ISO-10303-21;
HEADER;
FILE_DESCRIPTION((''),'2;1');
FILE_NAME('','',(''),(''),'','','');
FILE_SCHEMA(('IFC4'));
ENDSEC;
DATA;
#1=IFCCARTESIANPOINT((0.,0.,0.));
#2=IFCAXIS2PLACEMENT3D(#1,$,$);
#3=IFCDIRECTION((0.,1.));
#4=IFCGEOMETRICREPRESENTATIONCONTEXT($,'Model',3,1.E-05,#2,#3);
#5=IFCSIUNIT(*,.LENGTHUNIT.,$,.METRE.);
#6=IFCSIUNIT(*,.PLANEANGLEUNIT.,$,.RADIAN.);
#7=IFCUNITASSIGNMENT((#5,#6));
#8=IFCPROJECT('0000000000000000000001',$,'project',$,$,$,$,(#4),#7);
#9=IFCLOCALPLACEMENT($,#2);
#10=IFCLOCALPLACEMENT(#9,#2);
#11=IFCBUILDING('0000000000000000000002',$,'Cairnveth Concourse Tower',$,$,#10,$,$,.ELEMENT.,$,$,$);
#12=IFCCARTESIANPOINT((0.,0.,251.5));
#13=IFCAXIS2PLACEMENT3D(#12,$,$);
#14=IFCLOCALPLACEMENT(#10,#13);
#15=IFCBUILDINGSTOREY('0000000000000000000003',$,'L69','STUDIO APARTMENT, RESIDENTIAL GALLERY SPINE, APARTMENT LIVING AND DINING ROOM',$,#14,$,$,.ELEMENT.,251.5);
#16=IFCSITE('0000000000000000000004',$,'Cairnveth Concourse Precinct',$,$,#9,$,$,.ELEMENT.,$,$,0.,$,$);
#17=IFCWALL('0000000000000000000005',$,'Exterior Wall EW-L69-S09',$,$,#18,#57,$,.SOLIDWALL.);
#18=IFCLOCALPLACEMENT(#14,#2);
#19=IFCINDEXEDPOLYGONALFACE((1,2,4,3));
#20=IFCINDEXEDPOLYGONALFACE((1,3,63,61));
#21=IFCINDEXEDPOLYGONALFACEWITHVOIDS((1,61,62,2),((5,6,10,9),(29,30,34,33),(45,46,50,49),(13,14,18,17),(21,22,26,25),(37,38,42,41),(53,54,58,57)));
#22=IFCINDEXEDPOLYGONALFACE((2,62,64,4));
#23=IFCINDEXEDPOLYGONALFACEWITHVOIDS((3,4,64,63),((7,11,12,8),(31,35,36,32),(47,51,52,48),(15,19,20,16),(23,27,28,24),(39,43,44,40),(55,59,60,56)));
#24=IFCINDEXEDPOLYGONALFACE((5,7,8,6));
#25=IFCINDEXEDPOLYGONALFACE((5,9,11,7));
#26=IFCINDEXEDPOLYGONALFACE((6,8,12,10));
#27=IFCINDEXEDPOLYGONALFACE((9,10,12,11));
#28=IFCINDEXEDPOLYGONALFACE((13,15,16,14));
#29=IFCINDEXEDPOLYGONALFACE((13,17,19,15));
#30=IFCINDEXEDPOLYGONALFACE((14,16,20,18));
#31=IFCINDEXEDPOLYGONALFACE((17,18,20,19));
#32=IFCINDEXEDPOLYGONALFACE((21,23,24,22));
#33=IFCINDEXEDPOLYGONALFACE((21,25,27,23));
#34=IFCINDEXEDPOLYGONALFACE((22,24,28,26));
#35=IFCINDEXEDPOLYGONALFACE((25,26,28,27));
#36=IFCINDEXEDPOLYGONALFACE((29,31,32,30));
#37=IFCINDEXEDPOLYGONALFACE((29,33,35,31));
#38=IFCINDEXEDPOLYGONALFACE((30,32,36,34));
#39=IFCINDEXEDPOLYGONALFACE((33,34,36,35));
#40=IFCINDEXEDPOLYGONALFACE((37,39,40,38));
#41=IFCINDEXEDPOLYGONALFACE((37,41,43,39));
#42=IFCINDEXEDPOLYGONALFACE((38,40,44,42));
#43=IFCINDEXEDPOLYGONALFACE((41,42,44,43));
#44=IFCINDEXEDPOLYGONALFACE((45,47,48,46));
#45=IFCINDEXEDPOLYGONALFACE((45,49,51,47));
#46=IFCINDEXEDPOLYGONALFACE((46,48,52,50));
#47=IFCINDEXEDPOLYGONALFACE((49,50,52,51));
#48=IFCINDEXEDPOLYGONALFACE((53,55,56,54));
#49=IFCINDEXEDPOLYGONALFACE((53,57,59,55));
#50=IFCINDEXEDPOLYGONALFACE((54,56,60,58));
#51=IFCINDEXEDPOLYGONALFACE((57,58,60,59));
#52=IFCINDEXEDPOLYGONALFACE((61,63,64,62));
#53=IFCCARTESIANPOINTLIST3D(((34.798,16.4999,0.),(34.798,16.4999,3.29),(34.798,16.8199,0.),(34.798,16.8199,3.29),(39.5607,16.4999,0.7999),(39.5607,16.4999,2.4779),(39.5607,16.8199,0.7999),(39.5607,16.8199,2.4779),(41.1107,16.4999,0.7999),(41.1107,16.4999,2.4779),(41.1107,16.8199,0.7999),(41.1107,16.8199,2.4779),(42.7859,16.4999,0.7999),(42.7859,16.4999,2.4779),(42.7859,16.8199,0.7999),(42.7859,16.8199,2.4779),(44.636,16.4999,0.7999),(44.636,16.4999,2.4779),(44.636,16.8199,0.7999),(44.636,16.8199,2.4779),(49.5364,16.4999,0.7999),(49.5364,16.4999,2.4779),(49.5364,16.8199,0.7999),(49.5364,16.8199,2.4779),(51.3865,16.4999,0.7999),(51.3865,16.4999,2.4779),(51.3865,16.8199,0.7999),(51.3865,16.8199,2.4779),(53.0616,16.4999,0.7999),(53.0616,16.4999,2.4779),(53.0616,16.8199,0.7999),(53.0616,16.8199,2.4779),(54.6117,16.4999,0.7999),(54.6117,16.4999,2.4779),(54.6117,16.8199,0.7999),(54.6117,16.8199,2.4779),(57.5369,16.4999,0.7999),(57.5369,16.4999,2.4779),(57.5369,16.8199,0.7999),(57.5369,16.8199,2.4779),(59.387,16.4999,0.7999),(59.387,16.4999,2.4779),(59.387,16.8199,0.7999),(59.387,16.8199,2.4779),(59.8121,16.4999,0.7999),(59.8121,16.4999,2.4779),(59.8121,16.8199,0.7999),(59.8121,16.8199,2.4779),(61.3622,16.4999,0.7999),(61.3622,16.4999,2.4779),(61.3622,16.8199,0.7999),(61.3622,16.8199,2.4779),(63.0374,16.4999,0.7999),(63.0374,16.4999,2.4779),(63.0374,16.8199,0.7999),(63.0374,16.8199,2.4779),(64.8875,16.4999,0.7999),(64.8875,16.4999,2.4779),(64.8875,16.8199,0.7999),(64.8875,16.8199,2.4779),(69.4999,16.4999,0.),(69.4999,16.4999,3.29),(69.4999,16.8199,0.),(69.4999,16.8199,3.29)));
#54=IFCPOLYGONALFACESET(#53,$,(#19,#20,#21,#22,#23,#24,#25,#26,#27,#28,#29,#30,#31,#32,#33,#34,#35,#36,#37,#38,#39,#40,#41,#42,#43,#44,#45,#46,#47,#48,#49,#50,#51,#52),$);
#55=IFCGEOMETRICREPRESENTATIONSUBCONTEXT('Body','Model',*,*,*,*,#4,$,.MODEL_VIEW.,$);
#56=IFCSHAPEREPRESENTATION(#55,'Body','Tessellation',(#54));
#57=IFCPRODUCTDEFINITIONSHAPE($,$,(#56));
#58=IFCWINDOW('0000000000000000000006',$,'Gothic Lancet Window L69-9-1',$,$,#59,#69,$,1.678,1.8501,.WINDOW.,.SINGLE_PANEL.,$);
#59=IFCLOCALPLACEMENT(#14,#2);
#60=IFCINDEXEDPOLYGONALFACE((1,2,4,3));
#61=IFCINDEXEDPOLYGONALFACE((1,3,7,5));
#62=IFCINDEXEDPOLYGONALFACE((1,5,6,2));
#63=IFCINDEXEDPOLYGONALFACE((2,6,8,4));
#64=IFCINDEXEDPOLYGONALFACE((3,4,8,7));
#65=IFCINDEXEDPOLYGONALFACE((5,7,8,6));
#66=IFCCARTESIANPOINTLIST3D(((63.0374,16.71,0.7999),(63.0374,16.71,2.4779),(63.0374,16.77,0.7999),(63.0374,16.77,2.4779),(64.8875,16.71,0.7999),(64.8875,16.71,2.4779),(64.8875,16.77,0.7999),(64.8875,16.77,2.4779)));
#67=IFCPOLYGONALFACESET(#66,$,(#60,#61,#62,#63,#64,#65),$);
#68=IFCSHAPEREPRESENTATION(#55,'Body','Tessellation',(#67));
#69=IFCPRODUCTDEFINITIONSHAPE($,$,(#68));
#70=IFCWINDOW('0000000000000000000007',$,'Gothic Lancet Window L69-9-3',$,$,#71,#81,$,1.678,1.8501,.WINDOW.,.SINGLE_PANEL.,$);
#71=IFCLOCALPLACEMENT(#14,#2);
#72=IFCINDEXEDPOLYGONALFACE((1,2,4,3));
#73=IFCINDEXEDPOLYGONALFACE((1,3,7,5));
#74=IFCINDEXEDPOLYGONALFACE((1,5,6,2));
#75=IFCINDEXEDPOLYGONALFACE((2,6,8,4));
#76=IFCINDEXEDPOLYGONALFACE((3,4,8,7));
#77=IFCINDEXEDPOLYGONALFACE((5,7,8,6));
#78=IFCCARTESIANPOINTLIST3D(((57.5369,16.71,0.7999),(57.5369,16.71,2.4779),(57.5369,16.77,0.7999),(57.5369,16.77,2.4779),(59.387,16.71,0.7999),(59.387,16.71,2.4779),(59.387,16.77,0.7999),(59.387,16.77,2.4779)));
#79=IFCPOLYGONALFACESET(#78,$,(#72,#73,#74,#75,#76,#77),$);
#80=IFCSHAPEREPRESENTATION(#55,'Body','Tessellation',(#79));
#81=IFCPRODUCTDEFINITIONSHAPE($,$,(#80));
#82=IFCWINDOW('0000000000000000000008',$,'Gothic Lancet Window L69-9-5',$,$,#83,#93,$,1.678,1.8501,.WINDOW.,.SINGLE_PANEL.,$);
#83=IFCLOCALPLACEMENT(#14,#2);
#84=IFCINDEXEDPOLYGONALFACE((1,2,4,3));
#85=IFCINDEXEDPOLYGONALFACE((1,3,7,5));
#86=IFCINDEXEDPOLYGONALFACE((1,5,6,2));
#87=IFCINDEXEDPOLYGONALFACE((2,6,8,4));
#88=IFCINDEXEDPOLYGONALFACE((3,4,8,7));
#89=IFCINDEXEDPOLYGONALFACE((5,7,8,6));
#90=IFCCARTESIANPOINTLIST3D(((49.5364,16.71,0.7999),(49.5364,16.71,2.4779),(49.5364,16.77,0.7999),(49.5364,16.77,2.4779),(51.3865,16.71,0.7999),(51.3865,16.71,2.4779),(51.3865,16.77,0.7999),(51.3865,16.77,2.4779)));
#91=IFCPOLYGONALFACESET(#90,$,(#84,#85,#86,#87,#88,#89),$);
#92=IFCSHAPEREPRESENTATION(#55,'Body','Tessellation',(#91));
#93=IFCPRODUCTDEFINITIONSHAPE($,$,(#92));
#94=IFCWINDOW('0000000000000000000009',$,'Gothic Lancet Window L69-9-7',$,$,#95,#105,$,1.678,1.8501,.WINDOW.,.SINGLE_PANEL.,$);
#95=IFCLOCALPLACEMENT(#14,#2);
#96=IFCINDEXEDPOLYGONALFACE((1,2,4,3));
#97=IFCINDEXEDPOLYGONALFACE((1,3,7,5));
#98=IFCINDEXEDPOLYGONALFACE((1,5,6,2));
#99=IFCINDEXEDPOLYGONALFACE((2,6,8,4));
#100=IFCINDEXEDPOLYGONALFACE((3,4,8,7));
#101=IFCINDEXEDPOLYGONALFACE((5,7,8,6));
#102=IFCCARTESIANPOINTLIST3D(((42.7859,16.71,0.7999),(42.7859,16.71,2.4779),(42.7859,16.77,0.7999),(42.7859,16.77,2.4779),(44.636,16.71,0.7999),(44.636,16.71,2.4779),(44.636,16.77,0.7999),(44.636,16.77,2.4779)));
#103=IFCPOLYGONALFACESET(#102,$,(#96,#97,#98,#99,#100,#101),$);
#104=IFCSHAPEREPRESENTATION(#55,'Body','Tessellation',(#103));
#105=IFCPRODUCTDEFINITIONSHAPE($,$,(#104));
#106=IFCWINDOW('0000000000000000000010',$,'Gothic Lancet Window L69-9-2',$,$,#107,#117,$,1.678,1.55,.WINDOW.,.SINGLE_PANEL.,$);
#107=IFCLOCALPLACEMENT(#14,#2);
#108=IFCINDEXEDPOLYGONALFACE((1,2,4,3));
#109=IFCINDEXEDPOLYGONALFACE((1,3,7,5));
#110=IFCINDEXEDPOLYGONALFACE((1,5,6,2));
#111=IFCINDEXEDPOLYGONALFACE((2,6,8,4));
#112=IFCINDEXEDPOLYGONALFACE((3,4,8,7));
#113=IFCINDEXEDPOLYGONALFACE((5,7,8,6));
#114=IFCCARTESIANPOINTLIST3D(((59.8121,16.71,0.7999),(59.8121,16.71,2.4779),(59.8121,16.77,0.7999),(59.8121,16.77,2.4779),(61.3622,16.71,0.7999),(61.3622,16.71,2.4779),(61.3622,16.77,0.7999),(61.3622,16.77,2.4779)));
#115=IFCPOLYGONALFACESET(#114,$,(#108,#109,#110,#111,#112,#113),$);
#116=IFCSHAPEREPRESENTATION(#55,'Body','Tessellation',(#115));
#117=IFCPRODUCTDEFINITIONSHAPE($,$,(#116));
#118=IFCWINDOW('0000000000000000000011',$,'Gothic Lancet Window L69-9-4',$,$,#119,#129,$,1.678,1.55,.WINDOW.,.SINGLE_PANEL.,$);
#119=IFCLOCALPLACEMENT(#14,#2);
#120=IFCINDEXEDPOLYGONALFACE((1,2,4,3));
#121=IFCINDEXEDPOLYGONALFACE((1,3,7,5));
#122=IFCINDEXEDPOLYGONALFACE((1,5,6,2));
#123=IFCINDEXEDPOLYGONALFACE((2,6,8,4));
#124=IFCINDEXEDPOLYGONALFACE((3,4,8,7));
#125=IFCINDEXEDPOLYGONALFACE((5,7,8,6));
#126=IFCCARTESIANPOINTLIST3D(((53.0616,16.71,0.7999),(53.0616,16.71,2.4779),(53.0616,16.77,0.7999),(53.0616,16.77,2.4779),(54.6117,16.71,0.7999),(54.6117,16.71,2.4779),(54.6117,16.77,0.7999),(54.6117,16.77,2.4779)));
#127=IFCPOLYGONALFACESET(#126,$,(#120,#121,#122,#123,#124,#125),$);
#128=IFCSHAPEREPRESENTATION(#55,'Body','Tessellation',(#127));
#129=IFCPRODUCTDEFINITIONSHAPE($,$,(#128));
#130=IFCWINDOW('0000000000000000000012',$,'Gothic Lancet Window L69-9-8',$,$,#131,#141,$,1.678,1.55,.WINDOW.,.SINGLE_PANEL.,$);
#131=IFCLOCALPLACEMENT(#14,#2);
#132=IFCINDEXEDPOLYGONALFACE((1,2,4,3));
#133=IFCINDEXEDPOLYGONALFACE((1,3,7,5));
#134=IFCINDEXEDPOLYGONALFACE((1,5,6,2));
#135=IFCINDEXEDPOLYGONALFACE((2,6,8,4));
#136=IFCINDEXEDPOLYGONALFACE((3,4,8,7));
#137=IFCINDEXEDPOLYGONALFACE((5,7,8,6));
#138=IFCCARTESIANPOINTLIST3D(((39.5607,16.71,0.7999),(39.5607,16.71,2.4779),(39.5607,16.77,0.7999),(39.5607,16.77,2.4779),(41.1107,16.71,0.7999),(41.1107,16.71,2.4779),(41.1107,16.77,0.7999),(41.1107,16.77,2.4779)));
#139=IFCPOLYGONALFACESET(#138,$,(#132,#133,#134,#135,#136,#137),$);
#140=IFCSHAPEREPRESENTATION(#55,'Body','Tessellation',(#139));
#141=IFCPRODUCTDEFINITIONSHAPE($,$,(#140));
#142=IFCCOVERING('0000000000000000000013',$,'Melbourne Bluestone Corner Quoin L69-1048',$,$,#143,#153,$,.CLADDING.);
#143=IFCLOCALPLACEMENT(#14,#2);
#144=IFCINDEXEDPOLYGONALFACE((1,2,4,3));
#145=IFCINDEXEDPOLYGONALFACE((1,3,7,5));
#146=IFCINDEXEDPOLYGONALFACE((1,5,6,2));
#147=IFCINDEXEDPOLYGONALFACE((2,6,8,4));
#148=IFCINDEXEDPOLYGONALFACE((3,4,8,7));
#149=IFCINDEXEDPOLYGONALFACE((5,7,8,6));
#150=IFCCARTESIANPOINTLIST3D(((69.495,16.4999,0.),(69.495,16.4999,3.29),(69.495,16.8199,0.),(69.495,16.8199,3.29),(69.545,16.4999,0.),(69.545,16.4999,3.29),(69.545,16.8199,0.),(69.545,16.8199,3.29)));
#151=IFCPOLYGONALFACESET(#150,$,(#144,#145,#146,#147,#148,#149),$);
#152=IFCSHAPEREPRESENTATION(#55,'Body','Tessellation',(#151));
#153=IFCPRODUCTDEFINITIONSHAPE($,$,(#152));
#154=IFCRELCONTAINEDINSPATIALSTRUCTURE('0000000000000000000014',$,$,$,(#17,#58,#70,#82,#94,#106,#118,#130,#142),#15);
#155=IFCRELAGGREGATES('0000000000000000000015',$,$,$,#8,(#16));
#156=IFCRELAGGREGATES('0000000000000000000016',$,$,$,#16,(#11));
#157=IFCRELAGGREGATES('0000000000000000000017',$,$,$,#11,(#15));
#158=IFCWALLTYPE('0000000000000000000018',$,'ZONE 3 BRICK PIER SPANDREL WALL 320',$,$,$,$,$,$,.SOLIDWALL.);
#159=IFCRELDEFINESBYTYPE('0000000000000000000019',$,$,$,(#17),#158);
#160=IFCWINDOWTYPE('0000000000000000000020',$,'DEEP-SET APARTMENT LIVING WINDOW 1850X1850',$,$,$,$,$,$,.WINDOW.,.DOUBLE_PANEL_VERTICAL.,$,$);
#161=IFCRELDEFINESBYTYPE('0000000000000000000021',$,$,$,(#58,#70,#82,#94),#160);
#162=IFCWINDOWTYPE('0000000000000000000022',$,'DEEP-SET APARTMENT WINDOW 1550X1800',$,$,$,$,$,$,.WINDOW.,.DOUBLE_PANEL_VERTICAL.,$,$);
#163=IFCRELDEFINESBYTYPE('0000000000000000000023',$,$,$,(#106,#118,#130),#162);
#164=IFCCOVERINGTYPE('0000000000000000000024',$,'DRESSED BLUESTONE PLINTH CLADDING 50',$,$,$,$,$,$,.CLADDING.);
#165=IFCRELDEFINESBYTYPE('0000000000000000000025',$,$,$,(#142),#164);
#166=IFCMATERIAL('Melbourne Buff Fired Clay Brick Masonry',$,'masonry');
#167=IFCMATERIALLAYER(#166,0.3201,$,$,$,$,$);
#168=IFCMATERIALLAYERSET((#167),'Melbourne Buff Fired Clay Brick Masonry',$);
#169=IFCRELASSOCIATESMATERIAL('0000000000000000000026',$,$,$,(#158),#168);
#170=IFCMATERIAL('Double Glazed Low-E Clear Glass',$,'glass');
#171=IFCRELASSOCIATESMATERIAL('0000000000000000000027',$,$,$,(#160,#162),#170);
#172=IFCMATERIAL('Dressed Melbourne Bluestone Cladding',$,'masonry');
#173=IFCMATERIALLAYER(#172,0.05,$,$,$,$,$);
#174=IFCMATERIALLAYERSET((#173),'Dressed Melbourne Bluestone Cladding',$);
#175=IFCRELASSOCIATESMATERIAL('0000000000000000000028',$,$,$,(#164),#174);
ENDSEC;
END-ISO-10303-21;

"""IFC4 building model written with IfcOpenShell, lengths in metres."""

from ifc_helpers import new_model, si_unit, direction, frame, frame_2d, origin, place, context, subcontext, project, spatial, rectangle, extrude, material, layer, layer_set, type_object, element, fill, save


model = new_model("IFC4")

# Units and contexts
model_context = context("Model", 3, precision=1e-05, world=origin(), true_north=direction((0.0, 1.0)))
body_context = subcontext(model_context, "Body", "Model", "MODEL_VIEW")
ifc_project = project(units=[si_unit("LENGTHUNIT", "METRE"), si_unit("PLANEANGLEUNIT", "RADIAN")], contexts=[model_context])

# Site, building, storey
site_placement = place(None, origin())
site = spatial("IfcSite", under=ifc_project, at=site_placement, Name="Cairnveth Concourse Precinct", CompositionType="ELEMENT", RefElevation=0.0)
building_placement = place(site_placement, origin())
building = spatial("IfcBuilding", under=site, at=building_placement, Name="Cairnveth Concourse Tower", CompositionType="ELEMENT")
storey_placement = place(building_placement, frame((0.0, 0.0, 251.5)))
storey = spatial("IfcBuildingStorey", under=building, at=storey_placement, Name="L69", Description="STUDIO APARTMENT, RESIDENTIAL GALLERY SPINE, APARTMENT LIVING AND DINING ROOM", CompositionType="ELEMENT", Elevation=251.5)

# Shared definitions
ifc_material_1 = material(Name="Melbourne Buff Fired Clay Brick Masonry", Category="masonry")
ifc_layer_1 = layer(ifc_material_1, 0.3201)
ifc_layer_set_1 = layer_set([ifc_layer_1], Name="Melbourne Buff Fired Clay Brick Masonry")
wall_type_1 = type_object("IfcWallType", Name="ZONE 3 BRICK PIER SPANDREL WALL 320", PredefinedType="SOLIDWALL", material=ifc_layer_set_1)

# Wall, openings, windows
wall_1_placement = place(storey_placement, frame((69.5, 16.6599, 0.0), z_axis=(0.0, 0.0, 1.0), x_axis=(-1.0, 0.0, 0.0)))
wall_1 = element("IfcWall", 1, at=wall_1_placement, inside=storey, type_object=wall_type_1, Name="Exterior Wall EW-L69-S09", PredefinedType="SOLIDWALL", context=body_context, shape_type="SweptSolid", body=[
    extrude(rectangle(XDim=34.7019, YDim=0.3201, at=frame_2d((17.3511, 0.0))), origin(), (0.0, 0.0, 1.0), 3.29),
])
opening_1_placement = place(wall_1_placement, frame((4.6125, 0.0, 0.8)))
opening_1 = element("IfcOpeningElement", 2, at=opening_1_placement, cuts=wall_1, PredefinedType="OPENING", context=body_context, shape_type="SweptSolid", body=[
    extrude(rectangle(XDim=1.8501, YDim=1.678, at=frame_2d((0.925, 0.8389))), frame((0.0, 0.1699, 0.0), z_axis=(0.0, -1.0, 0.0), x_axis=(1.0, 0.0, 0.0)), (0.0, 0.0, 1.0), 0.3401),
])
opening_2_placement = place(wall_1_placement, frame((8.1379, 0.0, 0.8)))
opening_2 = element("IfcOpeningElement", 3, at=opening_2_placement, cuts=wall_1, PredefinedType="OPENING", context=body_context, shape_type="SweptSolid", body=[
    extrude(rectangle(XDim=1.55, YDim=1.678, at=frame_2d((0.7749, 0.8389))), frame((0.0, 0.1699, 0.0), z_axis=(0.0, -1.0, 0.0), x_axis=(1.0, 0.0, 0.0)), (0.0, 0.0, 1.0), 0.3401),
])
opening_3_placement = place(wall_1_placement, frame((10.113, 0.0, 0.8)))
opening_3 = element("IfcOpeningElement", 4, at=opening_3_placement, cuts=wall_1, PredefinedType="OPENING", context=body_context, shape_type="SweptSolid", body=[
    extrude(rectangle(XDim=1.8501, YDim=1.678, at=frame_2d((0.925, 0.8389))), frame((0.0, 0.1699, 0.0), z_axis=(0.0, -1.0, 0.0), x_axis=(1.0, 0.0, 0.0)), (0.0, 0.0, 1.0), 0.3401),
])
opening_4_placement = place(wall_1_placement, frame((14.8884, 0.0, 0.8)))
opening_4 = element("IfcOpeningElement", 5, at=opening_4_placement, cuts=wall_1, PredefinedType="OPENING", context=body_context, shape_type="SweptSolid", body=[
    extrude(rectangle(XDim=1.55, YDim=1.678, at=frame_2d((0.7749, 0.8389))), frame((0.0, 0.1699, 0.0), z_axis=(0.0, -1.0, 0.0), x_axis=(1.0, 0.0, 0.0)), (0.0, 0.0, 1.0), 0.3401),
])
opening_5_placement = place(wall_1_placement, frame((18.1135, 0.0, 0.8)))
opening_5 = element("IfcOpeningElement", 6, at=opening_5_placement, cuts=wall_1, PredefinedType="OPENING", context=body_context, shape_type="SweptSolid", body=[
    extrude(rectangle(XDim=1.8501, YDim=1.678, at=frame_2d((0.925, 0.8389))), frame((0.0, 0.1699, 0.0), z_axis=(0.0, -1.0, 0.0), x_axis=(1.0, 0.0, 0.0)), (0.0, 0.0, 1.0), 0.3401),
])
opening_6_placement = place(wall_1_placement, frame((24.864, 0.0, 0.8)))
opening_6 = element("IfcOpeningElement", 7, at=opening_6_placement, cuts=wall_1, PredefinedType="OPENING", context=body_context, shape_type="SweptSolid", body=[
    extrude(rectangle(XDim=1.8501, YDim=1.678, at=frame_2d((0.925, 0.8389))), frame((0.0, 0.1699, 0.0), z_axis=(0.0, -1.0, 0.0), x_axis=(1.0, 0.0, 0.0)), (0.0, 0.0, 1.0), 0.3401),
])
opening_7_placement = place(wall_1_placement, frame((28.3894, 0.0, 0.8)))
opening_7 = element("IfcOpeningElement", 8, at=opening_7_placement, cuts=wall_1, PredefinedType="OPENING", context=body_context, shape_type="SweptSolid", body=[
    extrude(rectangle(XDim=1.55, YDim=1.678, at=frame_2d((0.7749, 0.8389))), frame((0.0, 0.1699, 0.0), z_axis=(0.0, -1.0, 0.0), x_axis=(1.0, 0.0, 0.0)), (0.0, 0.0, 1.0), 0.3401),
])
ifc_material_2 = material(Name="Double Glazed Low-E Clear Glass", Category="glass")
window_type_1 = type_object("IfcWindowType", Name="DEEP-SET APARTMENT LIVING WINDOW 1850X1850", PartitioningType="DOUBLE_PANEL_VERTICAL", PredefinedType="WINDOW", material=ifc_material_2)
window_1_placement = place(opening_1_placement, origin())
window_1 = element("IfcWindow", 9, at=window_1_placement, inside=storey, type_object=window_type_1, Name="Gothic Lancet Window L69-9-1", OverallHeight=1.678, OverallWidth=1.8501, PartitioningType="SINGLE_PANEL", PredefinedType="WINDOW", context=body_context, shape_type="SweptSolid", body=[
    extrude(rectangle(XDim=1.8501, YDim=1.678, at=frame_2d((0.925, 0.8389))), frame((0.0, -0.05, 0.0), z_axis=(0.0, -1.0, 0.0), x_axis=(1.0, 0.0, 0.0)), (0.0, 0.0, 1.0), 0.0601),
])
fill(opening_1, window_1)
window_2_placement = place(opening_3_placement, origin())
window_2 = element("IfcWindow", 10, at=window_2_placement, inside=storey, type_object=window_type_1, Name="Gothic Lancet Window L69-9-3", OverallHeight=1.678, OverallWidth=1.8501, PartitioningType="SINGLE_PANEL", PredefinedType="WINDOW", context=body_context, shape_type="SweptSolid", body=[
    extrude(rectangle(XDim=1.8501, YDim=1.678, at=frame_2d((0.925, 0.8389))), frame((0.0, -0.05, 0.0), z_axis=(0.0, -1.0, 0.0), x_axis=(1.0, 0.0, 0.0)), (0.0, 0.0, 1.0), 0.0601),
])
fill(opening_3, window_2)
window_3_placement = place(opening_5_placement, origin())
window_3 = element("IfcWindow", 11, at=window_3_placement, inside=storey, type_object=window_type_1, Name="Gothic Lancet Window L69-9-5", OverallHeight=1.678, OverallWidth=1.8501, PartitioningType="SINGLE_PANEL", PredefinedType="WINDOW", context=body_context, shape_type="SweptSolid", body=[
    extrude(rectangle(XDim=1.8501, YDim=1.678, at=frame_2d((0.925, 0.8389))), frame((0.0, -0.05, 0.0), z_axis=(0.0, -1.0, 0.0), x_axis=(1.0, 0.0, 0.0)), (0.0, 0.0, 1.0), 0.0601),
])
fill(opening_5, window_3)
window_4_placement = place(opening_6_placement, origin())
window_4 = element("IfcWindow", 12, at=window_4_placement, inside=storey, type_object=window_type_1, Name="Gothic Lancet Window L69-9-7", OverallHeight=1.678, OverallWidth=1.8501, PartitioningType="SINGLE_PANEL", PredefinedType="WINDOW", context=body_context, shape_type="SweptSolid", body=[
    extrude(rectangle(XDim=1.8501, YDim=1.678, at=frame_2d((0.925, 0.8389))), frame((0.0, -0.05, 0.0), z_axis=(0.0, -1.0, 0.0), x_axis=(1.0, 0.0, 0.0)), (0.0, 0.0, 1.0), 0.0601),
])
fill(opening_6, window_4)
window_type_2 = type_object("IfcWindowType", Name="DEEP-SET APARTMENT WINDOW 1550X1800", PartitioningType="DOUBLE_PANEL_VERTICAL", PredefinedType="WINDOW", material=ifc_material_2)
window_5_placement = place(opening_2_placement, origin())
window_5 = element("IfcWindow", 13, at=window_5_placement, inside=storey, type_object=window_type_2, Name="Gothic Lancet Window L69-9-2", OverallHeight=1.678, OverallWidth=1.55, PartitioningType="SINGLE_PANEL", PredefinedType="WINDOW", context=body_context, shape_type="SweptSolid", body=[
    extrude(rectangle(XDim=1.55, YDim=1.678, at=frame_2d((0.7749, 0.8389))), frame((0.0, -0.05, 0.0), z_axis=(0.0, -1.0, 0.0), x_axis=(1.0, 0.0, 0.0)), (0.0, 0.0, 1.0), 0.0601),
])
fill(opening_2, window_5)
window_6_placement = place(opening_4_placement, origin())
window_6 = element("IfcWindow", 14, at=window_6_placement, inside=storey, type_object=window_type_2, Name="Gothic Lancet Window L69-9-4", OverallHeight=1.678, OverallWidth=1.55, PartitioningType="SINGLE_PANEL", PredefinedType="WINDOW", context=body_context, shape_type="SweptSolid", body=[
    extrude(rectangle(XDim=1.55, YDim=1.678, at=frame_2d((0.7749, 0.8389))), frame((0.0, -0.05, 0.0), z_axis=(0.0, -1.0, 0.0), x_axis=(1.0, 0.0, 0.0)), (0.0, 0.0, 1.0), 0.0601),
])
fill(opening_4, window_6)
window_7_placement = place(opening_7_placement, origin())
window_7 = element("IfcWindow", 15, at=window_7_placement, inside=storey, type_object=window_type_2, Name="Gothic Lancet Window L69-9-8", OverallHeight=1.678, OverallWidth=1.55, PartitioningType="SINGLE_PANEL", PredefinedType="WINDOW", context=body_context, shape_type="SweptSolid", body=[
    extrude(rectangle(XDim=1.55, YDim=1.678, at=frame_2d((0.7749, 0.8389))), frame((0.0, -0.05, 0.0), z_axis=(0.0, -1.0, 0.0), x_axis=(1.0, 0.0, 0.0)), (0.0, 0.0, 1.0), 0.0601),
])
fill(opening_7, window_7)

# Covering
ifc_material_3 = material(Name="Dressed Melbourne Bluestone Cladding", Category="masonry")
ifc_layer_2 = layer(ifc_material_3, 0.05)
ifc_layer_set_2 = layer_set([ifc_layer_2], Name="Dressed Melbourne Bluestone Cladding")
covering_type = type_object("IfcCoveringType", Name="DRESSED BLUESTONE PLINTH CLADDING 50", PredefinedType="CLADDING", material=ifc_layer_set_2)
covering_placement = place(storey_placement, frame((69.52, 16.8201, 0.0), z_axis=(0.0, 0.0, 1.0), x_axis=(0.0, -1.0, 0.0)))
element("IfcCovering", 16, at=covering_placement, inside=storey, type_object=covering_type, Name="Melbourne Bluestone Corner Quoin L69-1048", PredefinedType="CLADDING", context=body_context, shape_type="SweptSolid", body=[
    extrude(rectangle(XDim=0.3201, YDim=0.05, at=frame_2d((0.1602, 0.0))), origin(), (0.0, 0.0, 1.0), 3.29),
])

save(model, "model.ifc")
